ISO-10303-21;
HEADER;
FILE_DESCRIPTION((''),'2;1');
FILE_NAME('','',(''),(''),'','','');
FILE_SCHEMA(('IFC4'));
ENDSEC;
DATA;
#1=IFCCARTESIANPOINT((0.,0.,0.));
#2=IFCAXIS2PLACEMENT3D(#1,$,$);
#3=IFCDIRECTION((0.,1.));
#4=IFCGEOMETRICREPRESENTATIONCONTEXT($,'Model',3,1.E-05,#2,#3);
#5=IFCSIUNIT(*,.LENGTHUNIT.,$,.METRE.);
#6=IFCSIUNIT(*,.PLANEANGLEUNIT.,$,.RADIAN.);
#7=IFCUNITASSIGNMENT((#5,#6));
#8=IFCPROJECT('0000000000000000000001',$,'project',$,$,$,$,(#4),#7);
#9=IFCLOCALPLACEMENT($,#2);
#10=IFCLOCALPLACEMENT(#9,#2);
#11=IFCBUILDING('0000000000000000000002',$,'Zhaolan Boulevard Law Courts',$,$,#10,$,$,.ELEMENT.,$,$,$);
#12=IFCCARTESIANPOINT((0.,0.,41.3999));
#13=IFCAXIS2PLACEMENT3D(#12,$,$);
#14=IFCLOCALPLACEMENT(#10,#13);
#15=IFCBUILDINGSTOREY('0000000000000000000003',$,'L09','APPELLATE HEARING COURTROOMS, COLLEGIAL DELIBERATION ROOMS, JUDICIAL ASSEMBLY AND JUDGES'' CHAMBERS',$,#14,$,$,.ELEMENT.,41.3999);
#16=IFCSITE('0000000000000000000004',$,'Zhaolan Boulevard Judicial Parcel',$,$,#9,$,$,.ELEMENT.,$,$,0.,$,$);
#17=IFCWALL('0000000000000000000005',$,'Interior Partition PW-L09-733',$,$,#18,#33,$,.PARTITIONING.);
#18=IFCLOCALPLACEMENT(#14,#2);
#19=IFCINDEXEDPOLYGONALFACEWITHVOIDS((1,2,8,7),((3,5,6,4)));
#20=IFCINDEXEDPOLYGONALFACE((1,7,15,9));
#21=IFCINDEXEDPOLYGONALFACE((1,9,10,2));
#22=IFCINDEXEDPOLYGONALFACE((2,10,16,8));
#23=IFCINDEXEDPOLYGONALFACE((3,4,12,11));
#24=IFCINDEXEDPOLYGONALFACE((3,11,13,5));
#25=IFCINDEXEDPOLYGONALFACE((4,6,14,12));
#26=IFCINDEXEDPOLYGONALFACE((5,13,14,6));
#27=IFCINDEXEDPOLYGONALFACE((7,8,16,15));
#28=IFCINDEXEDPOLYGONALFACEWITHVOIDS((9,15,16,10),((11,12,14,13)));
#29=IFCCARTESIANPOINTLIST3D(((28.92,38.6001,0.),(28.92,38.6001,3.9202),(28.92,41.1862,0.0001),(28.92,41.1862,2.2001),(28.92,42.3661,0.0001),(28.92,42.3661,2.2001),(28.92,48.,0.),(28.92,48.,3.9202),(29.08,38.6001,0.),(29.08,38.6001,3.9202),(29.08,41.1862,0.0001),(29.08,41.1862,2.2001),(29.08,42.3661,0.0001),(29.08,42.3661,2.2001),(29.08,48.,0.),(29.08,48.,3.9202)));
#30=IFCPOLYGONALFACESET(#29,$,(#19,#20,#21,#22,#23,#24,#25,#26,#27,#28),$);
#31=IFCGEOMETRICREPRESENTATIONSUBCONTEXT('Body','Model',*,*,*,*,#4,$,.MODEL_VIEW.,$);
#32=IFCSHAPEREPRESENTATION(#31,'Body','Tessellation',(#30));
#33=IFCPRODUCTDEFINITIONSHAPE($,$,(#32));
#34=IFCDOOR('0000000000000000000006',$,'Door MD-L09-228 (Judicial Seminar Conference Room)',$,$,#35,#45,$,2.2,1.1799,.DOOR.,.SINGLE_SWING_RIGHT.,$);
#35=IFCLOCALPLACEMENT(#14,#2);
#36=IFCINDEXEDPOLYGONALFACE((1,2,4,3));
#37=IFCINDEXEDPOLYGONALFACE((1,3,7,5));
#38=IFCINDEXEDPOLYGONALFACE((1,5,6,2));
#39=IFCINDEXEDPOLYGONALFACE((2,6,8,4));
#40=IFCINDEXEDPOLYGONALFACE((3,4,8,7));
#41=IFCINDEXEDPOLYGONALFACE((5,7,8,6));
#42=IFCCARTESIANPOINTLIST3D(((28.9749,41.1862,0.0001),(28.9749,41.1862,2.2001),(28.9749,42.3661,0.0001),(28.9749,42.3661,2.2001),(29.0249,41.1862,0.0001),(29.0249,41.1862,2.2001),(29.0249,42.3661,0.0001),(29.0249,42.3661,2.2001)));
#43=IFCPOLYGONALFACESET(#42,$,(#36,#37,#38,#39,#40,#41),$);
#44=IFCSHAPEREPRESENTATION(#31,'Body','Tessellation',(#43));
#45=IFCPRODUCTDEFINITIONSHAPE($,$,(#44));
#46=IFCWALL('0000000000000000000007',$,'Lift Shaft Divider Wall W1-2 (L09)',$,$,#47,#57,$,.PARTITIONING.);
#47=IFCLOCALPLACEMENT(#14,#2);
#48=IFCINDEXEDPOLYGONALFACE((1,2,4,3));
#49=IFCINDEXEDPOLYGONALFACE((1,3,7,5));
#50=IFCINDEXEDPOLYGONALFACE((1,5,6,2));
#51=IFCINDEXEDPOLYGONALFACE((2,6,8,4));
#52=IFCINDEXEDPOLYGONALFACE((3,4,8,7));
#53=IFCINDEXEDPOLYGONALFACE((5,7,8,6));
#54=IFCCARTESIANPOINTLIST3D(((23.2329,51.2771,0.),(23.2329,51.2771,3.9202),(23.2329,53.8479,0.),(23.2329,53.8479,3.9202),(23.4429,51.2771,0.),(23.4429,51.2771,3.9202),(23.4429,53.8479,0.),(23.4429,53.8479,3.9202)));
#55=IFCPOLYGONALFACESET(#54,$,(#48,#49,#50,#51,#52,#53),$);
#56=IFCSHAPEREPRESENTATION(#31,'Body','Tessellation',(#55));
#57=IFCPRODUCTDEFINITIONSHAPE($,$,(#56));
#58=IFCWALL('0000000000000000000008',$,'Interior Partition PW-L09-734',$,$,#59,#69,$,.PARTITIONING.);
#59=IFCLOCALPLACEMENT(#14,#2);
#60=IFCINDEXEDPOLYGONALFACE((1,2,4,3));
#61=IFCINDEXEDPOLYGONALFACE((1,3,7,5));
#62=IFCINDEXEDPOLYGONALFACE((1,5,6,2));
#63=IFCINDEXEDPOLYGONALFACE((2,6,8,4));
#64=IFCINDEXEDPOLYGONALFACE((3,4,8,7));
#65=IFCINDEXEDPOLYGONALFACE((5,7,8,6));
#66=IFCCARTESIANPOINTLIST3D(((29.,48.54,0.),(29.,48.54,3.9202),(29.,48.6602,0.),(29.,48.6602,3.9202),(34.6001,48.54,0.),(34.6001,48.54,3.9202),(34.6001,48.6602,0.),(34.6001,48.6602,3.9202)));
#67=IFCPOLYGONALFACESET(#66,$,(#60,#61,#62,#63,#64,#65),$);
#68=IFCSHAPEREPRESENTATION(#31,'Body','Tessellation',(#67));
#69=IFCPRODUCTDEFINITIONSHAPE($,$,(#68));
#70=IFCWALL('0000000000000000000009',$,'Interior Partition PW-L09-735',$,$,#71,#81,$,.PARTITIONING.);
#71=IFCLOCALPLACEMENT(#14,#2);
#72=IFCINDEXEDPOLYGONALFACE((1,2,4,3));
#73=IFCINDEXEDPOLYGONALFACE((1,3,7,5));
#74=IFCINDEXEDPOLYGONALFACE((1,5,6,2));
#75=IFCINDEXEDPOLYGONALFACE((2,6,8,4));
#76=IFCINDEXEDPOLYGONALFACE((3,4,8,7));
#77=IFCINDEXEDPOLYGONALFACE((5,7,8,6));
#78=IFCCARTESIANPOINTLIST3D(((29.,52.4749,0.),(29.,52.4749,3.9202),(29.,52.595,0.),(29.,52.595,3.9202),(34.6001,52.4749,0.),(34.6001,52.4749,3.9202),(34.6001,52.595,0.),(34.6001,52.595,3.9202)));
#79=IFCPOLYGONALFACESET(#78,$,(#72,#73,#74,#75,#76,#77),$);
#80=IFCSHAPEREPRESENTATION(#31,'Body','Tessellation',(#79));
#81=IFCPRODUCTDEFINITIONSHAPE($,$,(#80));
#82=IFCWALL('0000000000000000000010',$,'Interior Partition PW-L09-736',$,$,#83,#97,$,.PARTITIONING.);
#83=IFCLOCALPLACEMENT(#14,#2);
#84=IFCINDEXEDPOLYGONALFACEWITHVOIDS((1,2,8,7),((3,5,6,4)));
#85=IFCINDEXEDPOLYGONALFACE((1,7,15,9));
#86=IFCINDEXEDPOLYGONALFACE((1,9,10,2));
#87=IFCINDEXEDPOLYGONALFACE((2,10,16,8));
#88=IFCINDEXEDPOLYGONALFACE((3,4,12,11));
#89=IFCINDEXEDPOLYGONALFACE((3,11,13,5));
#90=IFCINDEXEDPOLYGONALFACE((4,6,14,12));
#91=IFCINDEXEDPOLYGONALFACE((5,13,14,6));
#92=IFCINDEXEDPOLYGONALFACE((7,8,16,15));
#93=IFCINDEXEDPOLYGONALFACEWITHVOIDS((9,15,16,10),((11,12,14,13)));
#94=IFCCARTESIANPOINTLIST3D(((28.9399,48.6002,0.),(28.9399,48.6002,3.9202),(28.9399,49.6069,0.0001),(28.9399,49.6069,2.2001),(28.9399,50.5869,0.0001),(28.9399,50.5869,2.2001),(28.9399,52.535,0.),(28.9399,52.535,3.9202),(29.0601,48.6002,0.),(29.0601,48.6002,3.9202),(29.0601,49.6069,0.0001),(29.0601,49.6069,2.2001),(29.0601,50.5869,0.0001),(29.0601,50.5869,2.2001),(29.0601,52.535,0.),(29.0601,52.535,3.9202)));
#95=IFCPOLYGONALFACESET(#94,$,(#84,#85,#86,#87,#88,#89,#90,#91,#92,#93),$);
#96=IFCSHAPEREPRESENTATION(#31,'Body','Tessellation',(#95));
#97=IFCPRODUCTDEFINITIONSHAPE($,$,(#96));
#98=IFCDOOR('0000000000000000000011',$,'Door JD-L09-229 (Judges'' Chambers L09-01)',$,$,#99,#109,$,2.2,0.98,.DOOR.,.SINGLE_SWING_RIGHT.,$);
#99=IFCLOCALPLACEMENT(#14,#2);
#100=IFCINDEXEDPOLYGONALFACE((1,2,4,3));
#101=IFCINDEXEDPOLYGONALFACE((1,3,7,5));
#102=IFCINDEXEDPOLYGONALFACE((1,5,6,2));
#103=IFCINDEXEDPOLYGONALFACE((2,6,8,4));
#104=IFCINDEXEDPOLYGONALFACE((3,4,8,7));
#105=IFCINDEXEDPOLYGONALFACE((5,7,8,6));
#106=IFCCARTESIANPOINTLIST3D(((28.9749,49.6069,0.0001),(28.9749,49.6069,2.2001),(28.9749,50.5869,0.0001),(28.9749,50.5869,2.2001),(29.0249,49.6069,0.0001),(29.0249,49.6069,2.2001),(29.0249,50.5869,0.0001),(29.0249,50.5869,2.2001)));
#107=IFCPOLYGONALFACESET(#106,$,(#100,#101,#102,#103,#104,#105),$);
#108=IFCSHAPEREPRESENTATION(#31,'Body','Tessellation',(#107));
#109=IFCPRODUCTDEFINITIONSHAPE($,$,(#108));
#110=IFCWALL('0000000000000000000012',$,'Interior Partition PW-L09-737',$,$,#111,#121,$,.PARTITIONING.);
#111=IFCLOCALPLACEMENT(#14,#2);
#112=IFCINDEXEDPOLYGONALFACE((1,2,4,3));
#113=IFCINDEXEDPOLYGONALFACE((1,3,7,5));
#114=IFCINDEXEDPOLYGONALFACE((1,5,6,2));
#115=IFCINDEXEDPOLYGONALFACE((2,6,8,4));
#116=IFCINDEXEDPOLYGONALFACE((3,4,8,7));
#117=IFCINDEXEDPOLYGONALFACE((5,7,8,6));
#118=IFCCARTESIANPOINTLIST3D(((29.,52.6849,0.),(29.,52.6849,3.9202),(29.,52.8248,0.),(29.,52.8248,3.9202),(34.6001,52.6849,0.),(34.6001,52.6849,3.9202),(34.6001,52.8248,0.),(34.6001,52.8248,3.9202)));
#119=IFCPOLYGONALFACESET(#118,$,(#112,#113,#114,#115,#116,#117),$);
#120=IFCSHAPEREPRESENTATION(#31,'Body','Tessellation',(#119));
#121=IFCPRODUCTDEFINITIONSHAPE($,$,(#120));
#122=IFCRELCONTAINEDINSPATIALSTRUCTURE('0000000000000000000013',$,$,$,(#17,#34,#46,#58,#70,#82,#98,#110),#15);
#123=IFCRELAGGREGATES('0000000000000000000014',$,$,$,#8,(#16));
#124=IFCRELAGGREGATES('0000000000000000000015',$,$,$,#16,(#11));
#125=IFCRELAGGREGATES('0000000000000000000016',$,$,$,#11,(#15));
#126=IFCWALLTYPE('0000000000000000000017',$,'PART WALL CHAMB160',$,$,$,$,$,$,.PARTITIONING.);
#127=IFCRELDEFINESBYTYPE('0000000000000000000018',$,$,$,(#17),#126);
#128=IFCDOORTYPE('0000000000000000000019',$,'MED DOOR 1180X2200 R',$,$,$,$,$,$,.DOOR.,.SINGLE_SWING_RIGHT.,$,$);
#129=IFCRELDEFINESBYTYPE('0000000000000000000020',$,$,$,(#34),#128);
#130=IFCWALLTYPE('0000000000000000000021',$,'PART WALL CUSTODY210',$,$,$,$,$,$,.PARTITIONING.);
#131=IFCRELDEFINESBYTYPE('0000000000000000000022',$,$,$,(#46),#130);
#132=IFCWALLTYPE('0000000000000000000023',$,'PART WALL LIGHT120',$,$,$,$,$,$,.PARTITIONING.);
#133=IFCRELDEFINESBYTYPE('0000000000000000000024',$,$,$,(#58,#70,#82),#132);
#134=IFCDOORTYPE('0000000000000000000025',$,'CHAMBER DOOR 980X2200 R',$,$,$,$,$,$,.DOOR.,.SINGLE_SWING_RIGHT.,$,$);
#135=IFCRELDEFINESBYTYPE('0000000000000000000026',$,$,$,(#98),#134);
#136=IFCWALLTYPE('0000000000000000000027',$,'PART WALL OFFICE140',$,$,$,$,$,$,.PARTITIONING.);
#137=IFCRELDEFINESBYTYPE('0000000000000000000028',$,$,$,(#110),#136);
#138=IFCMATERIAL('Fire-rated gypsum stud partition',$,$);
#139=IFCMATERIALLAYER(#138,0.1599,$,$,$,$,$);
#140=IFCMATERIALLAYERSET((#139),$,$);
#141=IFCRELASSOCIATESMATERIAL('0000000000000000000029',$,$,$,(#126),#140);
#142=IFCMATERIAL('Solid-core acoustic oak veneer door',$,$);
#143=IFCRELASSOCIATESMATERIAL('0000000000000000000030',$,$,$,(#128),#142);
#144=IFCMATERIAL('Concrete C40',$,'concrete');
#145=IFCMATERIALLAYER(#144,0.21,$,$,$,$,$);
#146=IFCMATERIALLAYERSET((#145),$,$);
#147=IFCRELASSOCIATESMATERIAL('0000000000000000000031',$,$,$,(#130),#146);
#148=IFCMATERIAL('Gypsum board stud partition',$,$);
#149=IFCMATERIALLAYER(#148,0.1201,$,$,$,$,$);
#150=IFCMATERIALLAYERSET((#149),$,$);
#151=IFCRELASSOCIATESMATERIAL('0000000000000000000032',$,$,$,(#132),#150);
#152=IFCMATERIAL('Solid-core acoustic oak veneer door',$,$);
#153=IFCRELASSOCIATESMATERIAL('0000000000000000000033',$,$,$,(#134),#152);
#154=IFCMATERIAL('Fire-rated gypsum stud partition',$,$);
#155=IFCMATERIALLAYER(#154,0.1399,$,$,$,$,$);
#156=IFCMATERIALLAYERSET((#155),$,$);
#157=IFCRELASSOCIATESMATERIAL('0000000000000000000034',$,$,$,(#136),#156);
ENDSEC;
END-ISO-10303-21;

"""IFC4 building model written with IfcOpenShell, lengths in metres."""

from ifc_helpers import new_model, si_unit, direction, frame, frame_2d, origin, place, context, subcontext, project, spatial, rectangle, extrude, material, layer, layer_set, type_object, element, fill, save


model = new_model("IFC4")

# Units and contexts
model_context = context("Model", 3, precision=1e-05, world=origin(), true_north=direction((0.0, 1.0)))
body_context = subcontext(model_context, "Body", "Model", "MODEL_VIEW")
ifc_project = project(units=[si_unit("LENGTHUNIT", "METRE"), si_unit("PLANEANGLEUNIT", "RADIAN")], contexts=[model_context])

# Site, building, storey
site_placement = place(None, origin())
site = spatial("IfcSite", under=ifc_project, at=site_placement, Name="Zhaolan Boulevard Judicial Parcel", CompositionType="ELEMENT", RefElevation=0.0)
building_placement = place(site_placement, origin())
building = spatial("IfcBuilding", under=site, at=building_placement, Name="Zhaolan Boulevard Law Courts", CompositionType="ELEMENT")
storey_placement = place(building_placement, frame((0.0, 0.0, 41.3999)))
storey = spatial("IfcBuildingStorey", under=building, at=storey_placement, Name="L09", Description="APPELLATE HEARING COURTROOMS, COLLEGIAL DELIBERATION ROOMS, JUDICIAL ASSEMBLY AND JUDGES' CHAMBERS", CompositionType="ELEMENT", Elevation=41.3999)

# Shared definitions
ifc_material_1 = material(Name="Fire-rated gypsum stud partition")
ifc_layer_1 = layer(ifc_material_1, 0.1599)
ifc_layer_set_1 = layer_set([ifc_layer_1])
wall_type_1 = type_object("IfcWallType", Name="PART WALL CHAMB160", PredefinedType="PARTITIONING", material=ifc_layer_set_1)

# Wall, opening, door
wall_1_placement = place(storey_placement, frame((29.0, 48.0, 0.0), z_axis=(0.0, 0.0, 1.0), x_axis=(0.0, -1.0, 0.0)))
wall_1 = element("IfcWall", 1, at=wall_1_placement, inside=storey, type_object=wall_type_1, Name="Interior Partition PW-L09-733", PredefinedType="PARTITIONING", context=body_context, shape_type="SweptSolid", body=[
    extrude(rectangle(XDim=9.3999, YDim=0.1599, at=frame_2d((4.7, 0.0))), origin(), (0.0, 0.0, 1.0), 3.9202),
])
opening_1_placement = place(wall_1_placement, frame((5.634, 0.0, 0.0)))
opening_1 = element("IfcOpeningElement", 2, at=opening_1_placement, cuts=wall_1, PredefinedType="OPENING", context=body_context, shape_type="SweptSolid", body=[
    extrude(rectangle(XDim=1.1799, YDim=2.2, at=frame_2d((0.5898, 1.1001))), frame((0.0, 0.0898, 0.0), z_axis=(0.0, -1.0, 0.0), x_axis=(1.0, 0.0, 0.0)), (0.0, 0.0, 1.0), 0.1799),
])
ifc_material_2 = material(Name="Solid-core acoustic oak veneer door")
door_type_1 = type_object("IfcDoorType", Name="MED DOOR 1180X2200 R", OperationType="SINGLE_SWING_RIGHT", PredefinedType="DOOR", material=ifc_material_2)
door_1_placement = place(opening_1_placement, origin())
door_1 = element("IfcDoor", 3, at=door_1_placement, inside=storey, type_object=door_type_1, Name="Door MD-L09-228 (Judicial Seminar Conference Room)", OperationType="SINGLE_SWING_RIGHT", OverallHeight=2.2, OverallWidth=1.1799, PredefinedType="DOOR", context=body_context, shape_type="SweptSolid", body=[
    extrude(rectangle(XDim=1.1799, YDim=2.2, at=frame_2d((0.5898, 1.1001))), frame((0.0, 0.0249, 0.0), z_axis=(0.0, -1.0, 0.0), x_axis=(1.0, 0.0, 0.0)), (0.0, 0.0, 1.0), 0.05),
])
fill(opening_1, door_1)

# Walls
ifc_material_3 = material(Name="Concrete C40", Category="concrete")
ifc_layer_2 = layer(ifc_material_3, 0.21)
ifc_layer_set_2 = layer_set([ifc_layer_2])
wall_type_2 = type_object("IfcWallType", Name="PART WALL CUSTODY210", PredefinedType="PARTITIONING", material=ifc_layer_set_2)
wall_2_placement = place(storey_placement, frame((23.3379, 51.2771, 0.0), z_axis=(0.0, 0.0, 1.0), x_axis=(0.0, 1.0, 0.0)))
element("IfcWall", 4, at=wall_2_placement, inside=storey, type_object=wall_type_2, Name="Lift Shaft Divider Wall W1-2 (L09)", PredefinedType="PARTITIONING", context=body_context, shape_type="SweptSolid", body=[
    extrude(rectangle(XDim=2.5708, YDim=0.21, at=frame_2d((1.2854, 0.0))), origin(), (0.0, 0.0, 1.0), 3.9202),
])
ifc_material_4 = material(Name="Gypsum board stud partition")
ifc_layer_3 = layer(ifc_material_4, 0.1201)
ifc_layer_set_3 = layer_set([ifc_layer_3])
wall_type_3 = type_object("IfcWallType", Name="PART WALL LIGHT120", PredefinedType="PARTITIONING", material=ifc_layer_set_3)
for number, where, z_axis, x_axis, name in (
    (5, (29.0, 48.6001, 0.0), (0.0, 0.0, 1.0), (1.0, 0.0, 0.0), "Interior Partition PW-L09-734"),
    (6, (34.6001, 52.5349, 0.0), (0.0, 0.0, 1.0), (-1.0, 0.0, 0.0), "Interior Partition PW-L09-735"),
):
    element("IfcWall", number, at=place(storey_placement, frame(where, z_axis=z_axis, x_axis=x_axis)), inside=storey, type_object=wall_type_3, Name=name, PredefinedType="PARTITIONING", context=body_context, shape_type="SweptSolid", body=[
        extrude(rectangle(XDim=5.6001, YDim=0.1201, at=frame_2d((2.8, 0.0))), origin(), (0.0, 0.0, 1.0), 3.9202),
    ])

# Wall, opening, door
wall_3_placement = place(storey_placement, frame((29.0, 52.5349, 0.0), z_axis=(0.0, 0.0, 1.0), x_axis=(0.0, -1.0, 0.0)))
wall_3 = element("IfcWall", 7, at=wall_3_placement, inside=storey, type_object=wall_type_3, Name="Interior Partition PW-L09-736", PredefinedType="PARTITIONING", context=body_context, shape_type="SweptSolid", body=[
    extrude(rectangle(XDim=3.9348, YDim=0.1201, at=frame_2d((1.9673, 0.0))), origin(), (0.0, 0.0, 1.0), 3.9202),
])
opening_2_placement = place(wall_3_placement, frame((1.948, 0.0, 0.0)))
opening_2 = element("IfcOpeningElement", 8, at=opening_2_placement, cuts=wall_3, PredefinedType="OPENING", context=body_context, shape_type="SweptSolid", body=[
    extrude(rectangle(XDim=0.98, YDim=2.2, at=frame_2d((0.49, 1.1001))), frame((0.0, 0.0701, 0.0), z_axis=(0.0, -1.0, 0.0), x_axis=(1.0, 0.0, 0.0)), (0.0, 0.0, 1.0), 0.1401),
])
ifc_material_5 = material(Name="Solid-core acoustic oak veneer door")
door_type_2 = type_object("IfcDoorType", Name="CHAMBER DOOR 980X2200 R", OperationType="SINGLE_SWING_RIGHT", PredefinedType="DOOR", material=ifc_material_5)
door_2_placement = place(opening_2_placement, origin())
door_2 = element("IfcDoor", 9, at=door_2_placement, inside=storey, type_object=door_type_2, Name="Door JD-L09-229 (Judges' Chambers L09-01)", OperationType="SINGLE_SWING_RIGHT", OverallHeight=2.2, OverallWidth=0.98, PredefinedType="DOOR", context=body_context, shape_type="SweptSolid", body=[
    extrude(rectangle(XDim=0.98, YDim=2.2, at=frame_2d((0.49, 1.1001))), frame((0.0, 0.0249, 0.0), z_axis=(0.0, -1.0, 0.0), x_axis=(1.0, 0.0, 0.0)), (0.0, 0.0, 1.0), 0.05),
])
fill(opening_2, door_2)

# Wall
ifc_material_6 = material(Name="Fire-rated gypsum stud partition")
ifc_layer_4 = layer(ifc_material_6, 0.1399)
ifc_layer_set_4 = layer_set([ifc_layer_4])
wall_type_4 = type_object("IfcWallType", Name="PART WALL OFFICE140", PredefinedType="PARTITIONING", material=ifc_layer_set_4)
wall_4_placement = place(storey_placement, frame((29.0, 52.7549, 0.0), z_axis=(0.0, 0.0, 1.0), x_axis=(1.0, 0.0, 0.0)))
element("IfcWall", 10, at=wall_4_placement, inside=storey, type_object=wall_type_4, Name="Interior Partition PW-L09-737", PredefinedType="PARTITIONING", context=body_context, shape_type="SweptSolid", body=[
    extrude(rectangle(XDim=5.6001, YDim=0.1399, at=frame_2d((2.8, 0.0))), origin(), (0.0, 0.0, 1.0), 3.9202),
])

save(model, "model.ifc")
